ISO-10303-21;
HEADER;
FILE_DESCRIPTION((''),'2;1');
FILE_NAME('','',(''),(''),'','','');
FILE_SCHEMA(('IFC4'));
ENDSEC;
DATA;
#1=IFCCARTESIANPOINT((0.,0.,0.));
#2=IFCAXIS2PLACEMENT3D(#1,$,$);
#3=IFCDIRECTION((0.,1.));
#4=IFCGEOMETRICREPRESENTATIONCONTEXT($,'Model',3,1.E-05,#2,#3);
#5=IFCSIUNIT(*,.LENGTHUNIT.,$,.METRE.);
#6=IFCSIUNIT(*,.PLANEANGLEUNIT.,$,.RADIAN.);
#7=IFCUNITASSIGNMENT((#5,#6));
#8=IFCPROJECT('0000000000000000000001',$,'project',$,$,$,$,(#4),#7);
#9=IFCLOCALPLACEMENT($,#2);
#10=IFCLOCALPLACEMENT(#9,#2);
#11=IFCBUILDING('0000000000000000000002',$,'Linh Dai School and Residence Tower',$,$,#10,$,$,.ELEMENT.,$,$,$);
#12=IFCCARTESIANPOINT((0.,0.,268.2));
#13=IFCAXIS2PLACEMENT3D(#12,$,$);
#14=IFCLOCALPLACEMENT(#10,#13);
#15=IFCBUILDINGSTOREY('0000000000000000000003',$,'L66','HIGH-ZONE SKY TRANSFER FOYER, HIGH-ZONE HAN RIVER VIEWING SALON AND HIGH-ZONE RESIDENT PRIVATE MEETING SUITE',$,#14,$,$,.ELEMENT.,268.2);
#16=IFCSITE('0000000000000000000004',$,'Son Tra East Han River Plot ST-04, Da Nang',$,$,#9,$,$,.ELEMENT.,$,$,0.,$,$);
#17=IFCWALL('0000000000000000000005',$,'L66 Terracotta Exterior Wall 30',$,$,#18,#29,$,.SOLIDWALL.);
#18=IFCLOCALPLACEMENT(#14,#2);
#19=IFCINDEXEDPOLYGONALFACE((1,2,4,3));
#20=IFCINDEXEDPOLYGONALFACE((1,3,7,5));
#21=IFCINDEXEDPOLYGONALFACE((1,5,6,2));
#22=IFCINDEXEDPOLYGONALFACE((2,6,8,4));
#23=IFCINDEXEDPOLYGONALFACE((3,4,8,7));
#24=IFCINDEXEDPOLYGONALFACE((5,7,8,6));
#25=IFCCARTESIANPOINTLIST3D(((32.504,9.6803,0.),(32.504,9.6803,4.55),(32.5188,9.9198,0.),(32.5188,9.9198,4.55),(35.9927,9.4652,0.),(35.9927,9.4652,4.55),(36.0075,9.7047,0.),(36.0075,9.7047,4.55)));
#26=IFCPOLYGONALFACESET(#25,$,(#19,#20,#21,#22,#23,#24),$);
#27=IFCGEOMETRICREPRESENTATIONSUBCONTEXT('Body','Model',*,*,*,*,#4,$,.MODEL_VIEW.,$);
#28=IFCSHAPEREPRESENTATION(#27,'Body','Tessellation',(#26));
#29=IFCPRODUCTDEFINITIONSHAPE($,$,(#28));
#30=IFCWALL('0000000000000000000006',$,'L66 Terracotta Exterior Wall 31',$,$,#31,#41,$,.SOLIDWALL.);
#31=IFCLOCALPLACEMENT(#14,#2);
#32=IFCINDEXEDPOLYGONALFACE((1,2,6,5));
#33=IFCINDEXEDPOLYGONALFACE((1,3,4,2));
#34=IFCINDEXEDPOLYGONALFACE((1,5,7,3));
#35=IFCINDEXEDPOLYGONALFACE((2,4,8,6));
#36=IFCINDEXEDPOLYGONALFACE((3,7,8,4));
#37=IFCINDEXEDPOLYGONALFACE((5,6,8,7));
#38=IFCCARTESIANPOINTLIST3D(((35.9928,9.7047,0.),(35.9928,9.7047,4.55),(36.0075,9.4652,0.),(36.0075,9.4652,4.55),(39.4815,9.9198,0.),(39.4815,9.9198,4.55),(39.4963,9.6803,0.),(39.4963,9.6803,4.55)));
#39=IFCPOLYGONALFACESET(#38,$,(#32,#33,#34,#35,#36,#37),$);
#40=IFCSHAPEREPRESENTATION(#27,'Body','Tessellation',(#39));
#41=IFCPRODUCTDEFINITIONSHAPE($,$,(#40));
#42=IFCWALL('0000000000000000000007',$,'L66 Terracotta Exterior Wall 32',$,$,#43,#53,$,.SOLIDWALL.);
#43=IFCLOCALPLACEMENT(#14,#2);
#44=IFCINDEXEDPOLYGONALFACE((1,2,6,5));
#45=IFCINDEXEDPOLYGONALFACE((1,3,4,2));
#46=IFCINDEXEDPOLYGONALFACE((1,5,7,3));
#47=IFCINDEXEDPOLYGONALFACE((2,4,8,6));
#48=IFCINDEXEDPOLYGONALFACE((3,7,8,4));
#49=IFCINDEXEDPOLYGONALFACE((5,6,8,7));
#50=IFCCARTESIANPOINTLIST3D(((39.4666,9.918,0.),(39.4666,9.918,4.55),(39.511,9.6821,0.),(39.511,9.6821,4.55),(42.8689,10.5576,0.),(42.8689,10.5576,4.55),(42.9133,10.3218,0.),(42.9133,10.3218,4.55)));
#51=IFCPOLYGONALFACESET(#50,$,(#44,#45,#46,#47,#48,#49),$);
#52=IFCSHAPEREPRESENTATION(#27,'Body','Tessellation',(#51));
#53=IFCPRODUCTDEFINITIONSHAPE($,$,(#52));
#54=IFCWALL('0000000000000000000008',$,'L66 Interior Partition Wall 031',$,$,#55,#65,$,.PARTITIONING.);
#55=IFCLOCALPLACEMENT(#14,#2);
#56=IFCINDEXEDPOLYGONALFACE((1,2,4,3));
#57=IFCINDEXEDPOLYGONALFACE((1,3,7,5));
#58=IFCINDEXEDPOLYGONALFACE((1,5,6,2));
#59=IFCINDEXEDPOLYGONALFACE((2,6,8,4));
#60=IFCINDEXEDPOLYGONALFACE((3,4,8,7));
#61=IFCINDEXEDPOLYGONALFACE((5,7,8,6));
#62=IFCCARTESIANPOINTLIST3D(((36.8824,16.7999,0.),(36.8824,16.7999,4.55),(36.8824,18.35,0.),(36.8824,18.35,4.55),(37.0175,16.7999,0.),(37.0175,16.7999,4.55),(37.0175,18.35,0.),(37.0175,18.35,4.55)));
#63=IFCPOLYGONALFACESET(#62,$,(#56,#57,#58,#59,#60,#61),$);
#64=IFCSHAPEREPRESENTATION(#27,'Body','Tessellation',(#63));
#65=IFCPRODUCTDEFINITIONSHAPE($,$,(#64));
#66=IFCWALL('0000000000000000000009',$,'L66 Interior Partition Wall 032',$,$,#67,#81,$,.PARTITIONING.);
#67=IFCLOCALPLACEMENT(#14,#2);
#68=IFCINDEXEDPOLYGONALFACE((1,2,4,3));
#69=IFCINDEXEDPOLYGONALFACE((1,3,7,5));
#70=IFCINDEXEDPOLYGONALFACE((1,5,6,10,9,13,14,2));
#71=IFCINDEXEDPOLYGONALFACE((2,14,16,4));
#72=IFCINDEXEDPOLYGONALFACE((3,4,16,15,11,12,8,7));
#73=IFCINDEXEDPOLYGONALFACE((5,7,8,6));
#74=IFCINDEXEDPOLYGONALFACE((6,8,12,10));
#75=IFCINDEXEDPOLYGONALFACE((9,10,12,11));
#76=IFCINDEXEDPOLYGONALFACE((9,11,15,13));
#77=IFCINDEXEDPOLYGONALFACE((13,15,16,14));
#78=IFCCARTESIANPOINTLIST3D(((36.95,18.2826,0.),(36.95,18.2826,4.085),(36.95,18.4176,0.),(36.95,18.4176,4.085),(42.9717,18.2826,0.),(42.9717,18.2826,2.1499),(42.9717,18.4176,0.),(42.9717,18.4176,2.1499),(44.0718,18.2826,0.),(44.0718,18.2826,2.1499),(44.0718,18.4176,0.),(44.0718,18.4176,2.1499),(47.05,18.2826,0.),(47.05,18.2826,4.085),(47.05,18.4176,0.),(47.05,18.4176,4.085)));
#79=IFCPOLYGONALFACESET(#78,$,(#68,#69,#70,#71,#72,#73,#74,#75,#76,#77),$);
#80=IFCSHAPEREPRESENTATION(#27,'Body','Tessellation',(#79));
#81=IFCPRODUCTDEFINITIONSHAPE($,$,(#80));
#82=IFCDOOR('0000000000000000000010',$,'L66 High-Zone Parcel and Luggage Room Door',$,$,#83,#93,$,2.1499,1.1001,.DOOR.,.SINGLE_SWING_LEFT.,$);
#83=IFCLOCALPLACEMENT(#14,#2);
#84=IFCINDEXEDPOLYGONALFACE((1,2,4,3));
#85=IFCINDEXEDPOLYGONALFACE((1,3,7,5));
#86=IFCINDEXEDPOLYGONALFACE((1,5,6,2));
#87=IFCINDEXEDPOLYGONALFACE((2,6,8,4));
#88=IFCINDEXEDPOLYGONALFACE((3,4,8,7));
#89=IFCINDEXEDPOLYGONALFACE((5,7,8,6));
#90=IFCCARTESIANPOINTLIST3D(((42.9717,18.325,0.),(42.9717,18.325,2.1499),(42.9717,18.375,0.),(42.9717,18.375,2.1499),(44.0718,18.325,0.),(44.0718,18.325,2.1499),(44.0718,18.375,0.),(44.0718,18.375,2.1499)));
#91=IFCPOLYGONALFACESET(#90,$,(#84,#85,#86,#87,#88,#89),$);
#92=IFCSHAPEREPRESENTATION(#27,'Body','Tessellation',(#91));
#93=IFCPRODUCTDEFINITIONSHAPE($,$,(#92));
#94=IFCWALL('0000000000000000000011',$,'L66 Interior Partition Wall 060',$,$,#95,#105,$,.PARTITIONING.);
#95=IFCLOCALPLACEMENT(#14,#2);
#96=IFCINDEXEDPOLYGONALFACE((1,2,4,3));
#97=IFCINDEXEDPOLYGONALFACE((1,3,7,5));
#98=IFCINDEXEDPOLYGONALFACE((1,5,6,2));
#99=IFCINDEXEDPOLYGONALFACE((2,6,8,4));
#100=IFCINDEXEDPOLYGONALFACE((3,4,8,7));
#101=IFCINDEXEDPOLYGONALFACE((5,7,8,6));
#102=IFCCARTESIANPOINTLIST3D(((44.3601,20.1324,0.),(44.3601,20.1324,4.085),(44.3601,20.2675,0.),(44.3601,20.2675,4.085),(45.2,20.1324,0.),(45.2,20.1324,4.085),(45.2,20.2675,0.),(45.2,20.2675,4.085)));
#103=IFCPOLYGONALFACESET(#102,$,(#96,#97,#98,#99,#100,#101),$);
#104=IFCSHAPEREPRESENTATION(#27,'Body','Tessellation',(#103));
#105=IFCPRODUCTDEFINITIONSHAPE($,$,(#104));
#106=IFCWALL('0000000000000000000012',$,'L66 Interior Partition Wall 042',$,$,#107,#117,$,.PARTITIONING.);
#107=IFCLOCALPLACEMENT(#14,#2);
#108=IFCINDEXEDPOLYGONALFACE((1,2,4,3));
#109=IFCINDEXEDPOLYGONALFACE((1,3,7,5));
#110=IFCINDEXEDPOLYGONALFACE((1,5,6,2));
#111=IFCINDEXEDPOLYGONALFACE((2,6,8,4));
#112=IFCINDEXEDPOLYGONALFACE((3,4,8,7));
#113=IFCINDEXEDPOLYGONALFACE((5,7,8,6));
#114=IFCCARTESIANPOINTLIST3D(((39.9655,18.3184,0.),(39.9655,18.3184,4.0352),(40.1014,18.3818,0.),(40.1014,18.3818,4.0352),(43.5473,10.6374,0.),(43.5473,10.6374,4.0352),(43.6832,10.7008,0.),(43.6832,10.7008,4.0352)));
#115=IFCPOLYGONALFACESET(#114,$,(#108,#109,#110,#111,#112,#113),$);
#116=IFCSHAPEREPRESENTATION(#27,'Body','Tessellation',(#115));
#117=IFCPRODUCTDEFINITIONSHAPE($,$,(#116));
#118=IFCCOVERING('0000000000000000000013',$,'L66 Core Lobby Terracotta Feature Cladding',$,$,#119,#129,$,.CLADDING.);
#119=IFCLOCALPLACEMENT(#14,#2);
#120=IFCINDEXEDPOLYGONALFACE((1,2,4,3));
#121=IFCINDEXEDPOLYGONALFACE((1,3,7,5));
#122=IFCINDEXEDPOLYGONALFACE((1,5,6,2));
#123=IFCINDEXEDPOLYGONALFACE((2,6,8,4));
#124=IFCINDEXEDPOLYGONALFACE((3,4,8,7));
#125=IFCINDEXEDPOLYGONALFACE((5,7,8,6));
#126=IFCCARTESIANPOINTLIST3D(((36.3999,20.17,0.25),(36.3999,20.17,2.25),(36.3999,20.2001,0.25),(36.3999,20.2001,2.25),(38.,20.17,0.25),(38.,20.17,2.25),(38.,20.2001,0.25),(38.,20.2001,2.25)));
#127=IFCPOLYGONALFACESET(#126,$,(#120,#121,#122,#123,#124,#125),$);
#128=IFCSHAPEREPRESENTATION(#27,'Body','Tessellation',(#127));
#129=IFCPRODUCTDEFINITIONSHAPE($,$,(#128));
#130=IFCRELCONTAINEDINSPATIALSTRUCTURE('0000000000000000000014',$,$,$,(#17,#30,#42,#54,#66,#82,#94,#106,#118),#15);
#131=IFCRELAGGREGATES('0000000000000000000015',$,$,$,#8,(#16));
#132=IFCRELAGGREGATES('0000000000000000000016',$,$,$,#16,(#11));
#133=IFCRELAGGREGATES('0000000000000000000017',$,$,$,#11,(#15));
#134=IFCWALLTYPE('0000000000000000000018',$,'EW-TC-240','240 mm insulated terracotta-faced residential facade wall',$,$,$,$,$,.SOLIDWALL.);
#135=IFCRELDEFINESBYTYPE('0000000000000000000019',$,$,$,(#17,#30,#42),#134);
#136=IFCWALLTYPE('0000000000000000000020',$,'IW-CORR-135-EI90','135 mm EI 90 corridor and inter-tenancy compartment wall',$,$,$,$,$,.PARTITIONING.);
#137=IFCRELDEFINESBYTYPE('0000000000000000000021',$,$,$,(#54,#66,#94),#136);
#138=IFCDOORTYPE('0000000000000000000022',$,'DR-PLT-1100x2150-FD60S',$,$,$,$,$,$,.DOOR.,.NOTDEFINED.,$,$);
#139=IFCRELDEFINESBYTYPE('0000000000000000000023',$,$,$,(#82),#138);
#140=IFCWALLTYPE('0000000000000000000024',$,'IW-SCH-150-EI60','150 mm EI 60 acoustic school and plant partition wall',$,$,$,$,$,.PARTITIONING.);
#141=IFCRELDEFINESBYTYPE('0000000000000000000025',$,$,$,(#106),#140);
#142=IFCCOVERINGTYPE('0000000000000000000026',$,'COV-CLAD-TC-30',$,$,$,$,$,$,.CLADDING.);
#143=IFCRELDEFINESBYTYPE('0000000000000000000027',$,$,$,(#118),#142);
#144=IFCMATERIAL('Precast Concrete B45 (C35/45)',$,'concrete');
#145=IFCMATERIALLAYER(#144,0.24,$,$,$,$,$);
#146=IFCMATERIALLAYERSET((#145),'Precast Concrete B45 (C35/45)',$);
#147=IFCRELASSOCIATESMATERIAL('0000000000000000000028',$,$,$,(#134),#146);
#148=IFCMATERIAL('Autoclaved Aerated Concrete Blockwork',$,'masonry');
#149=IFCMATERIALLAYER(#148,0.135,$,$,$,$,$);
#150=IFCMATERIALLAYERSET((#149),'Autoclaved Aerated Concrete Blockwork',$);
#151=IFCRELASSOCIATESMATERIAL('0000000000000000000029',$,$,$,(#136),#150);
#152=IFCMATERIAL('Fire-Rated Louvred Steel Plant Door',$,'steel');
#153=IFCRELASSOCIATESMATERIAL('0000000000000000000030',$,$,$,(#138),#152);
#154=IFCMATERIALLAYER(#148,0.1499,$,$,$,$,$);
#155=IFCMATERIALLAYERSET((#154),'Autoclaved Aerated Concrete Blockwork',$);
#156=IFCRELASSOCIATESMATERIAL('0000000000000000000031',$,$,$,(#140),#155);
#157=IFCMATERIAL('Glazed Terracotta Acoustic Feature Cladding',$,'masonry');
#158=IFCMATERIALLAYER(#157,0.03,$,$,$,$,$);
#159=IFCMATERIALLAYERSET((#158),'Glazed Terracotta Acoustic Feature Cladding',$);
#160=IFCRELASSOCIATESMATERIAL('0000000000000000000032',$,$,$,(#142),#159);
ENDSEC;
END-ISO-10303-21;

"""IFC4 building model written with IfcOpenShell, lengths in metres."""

from ifc_helpers import new_model, si_unit, direction, frame, frame_2d, origin, origin_2d, place, context, subcontext, project, spatial, rectangle, extrude, source, transform, mapped, material, layer, layer_set, type_object, element, fill, save


model = new_model("IFC4")

# Units and contexts
model_context = context("Model", 3, precision=1e-05, world=origin(), true_north=direction((0.0, 1.0)))
body_context = subcontext(model_context, "Body", "Model", "MODEL_VIEW")
ifc_project = project(units=[si_unit("LENGTHUNIT", "METRE"), si_unit("PLANEANGLEUNIT", "RADIAN")], contexts=[model_context])

# Site, building, storey
site_placement = place(None, origin())
site = spatial("IfcSite", under=ifc_project, at=site_placement, Name="Son Tra East Han River Plot ST-04, Da Nang", CompositionType="ELEMENT", RefElevation=0.0)
building_placement = place(site_placement, origin())
building = spatial("IfcBuilding", under=site, at=building_placement, Name="Linh Dai School and Residence Tower", CompositionType="ELEMENT")
storey_placement = place(building_placement, frame((0.0, 0.0, 268.2)))
storey = spatial("IfcBuildingStorey", under=building, at=storey_placement, Name="L66", Description="HIGH-ZONE SKY TRANSFER FOYER, HIGH-ZONE HAN RIVER VIEWING SALON AND HIGH-ZONE RESIDENT PRIVATE MEETING SUITE", CompositionType="ELEMENT", Elevation=268.2)

# Walls
ifc_material_1 = material(Name="Precast Concrete B45 (C35/45)", Category="concrete")
ifc_layer_1 = layer(ifc_material_1, 0.24)
ifc_layer_set_1 = layer_set([ifc_layer_1], Name="Precast Concrete B45 (C35/45)")
wall_type_1 = type_object("IfcWallType", Name="EW-TC-240", Description="240 mm insulated terracotta-faced residential facade wall", PredefinedType="SOLIDWALL", material=ifc_layer_set_1)
for number, where, z_axis, x_axis, name in (
    (1, (36.0, 9.585, 0.0), (0.0, 0.0, 1.0), (-0.998105, 0.061535, 0.0), "L66 Terracotta Exterior Wall 30"),
    (2, (39.4888, 9.8, 0.0), (0.0, 0.0, 1.0), (-0.998105, -0.061535, 0.0), "L66 Terracotta Exterior Wall 31"),
):
    element("IfcWall", number, at=place(storey_placement, frame(where, z_axis=z_axis, x_axis=x_axis)), inside=storey, type_object=wall_type_1, Name=name, PredefinedType="SOLIDWALL", context=body_context, shape_type="SweptSolid", body=[
        extrude(rectangle(XDim=3.4954, YDim=0.24, at=frame_2d((1.7476, 0.0))), origin(), (0.0, 0.0, 1.0), 4.55),
    ])
wall_1_placement = place(storey_placement, frame((42.8911, 10.4397, 0.0), z_axis=(0.0, 0.0, 1.0), x_axis=(-0.982783, -0.184765, 0.0)))
element("IfcWall", 3, at=wall_1_placement, inside=storey, type_object=wall_type_1, Name="L66 Terracotta Exterior Wall 32", PredefinedType="SOLIDWALL", context=body_context, shape_type="SweptSolid", body=[
    extrude(rectangle(XDim=3.4619, YDim=0.24, at=frame_2d((1.731, 0.0))), origin(), (0.0, 0.0, 1.0), 4.55),
])
ifc_material_2 = material(Name="Autoclaved Aerated Concrete Blockwork", Category="masonry")
ifc_layer_2 = layer(ifc_material_2, 0.135)
ifc_layer_set_2 = layer_set([ifc_layer_2], Name="Autoclaved Aerated Concrete Blockwork")
wall_type_2 = type_object("IfcWallType", Name="IW-CORR-135-EI90", Description="135 mm EI 90 corridor and inter-tenancy compartment wall", PredefinedType="PARTITIONING", material=ifc_layer_set_2)
wall_2_placement = place(storey_placement, frame((36.95, 16.8, 0.0), z_axis=(0.0, 0.0, 1.0), x_axis=(0.0, 1.0, 0.0)))
element("IfcWall", 4, at=wall_2_placement, inside=storey, type_object=wall_type_2, Name="L66 Interior Partition Wall 031", PredefinedType="PARTITIONING", context=body_context, shape_type="SweptSolid", body=[
    extrude(rectangle(XDim=1.55, YDim=0.135, at=frame_2d((0.7749, 0.0))), origin(), (0.0, 0.0, 1.0), 4.55),
])

# Wall, opening, door
wall_3_placement = place(storey_placement, frame((36.95, 18.3501, 0.0), z_axis=(0.0, 0.0, 1.0), x_axis=(1.0, 0.0, 0.0)))
wall_3 = element("IfcWall", 5, at=wall_3_placement, inside=storey, type_object=wall_type_2, Name="L66 Interior Partition Wall 032", PredefinedType="PARTITIONING", context=body_context, shape_type="SweptSolid", body=[
    extrude(rectangle(XDim=10.1001, YDim=0.135, at=frame_2d((5.05, 0.0))), origin(), (0.0, 0.0, 1.0), 4.085),
])
opening_1_placement = place(wall_3_placement, frame((6.0217, 0.0, 0.0)))
opening_1 = element("IfcOpeningElement", 6, at=opening_1_placement, cuts=wall_3, PredefinedType="OPENING", context=body_context, shape_type="SweptSolid", body=[
    extrude(rectangle(XDim=1.1001, YDim=2.1499, at=origin_2d()), frame((0.55, 0.0776, 1.075), z_axis=(0.0, -1.0, 0.0), x_axis=(1.0, 0.0, 0.0)), (0.0, 0.0, 1.0), 0.155),
])
ifc_material_3 = material(Name="Fire-Rated Louvred Steel Plant Door", Category="steel")
door_type_1 = type_object("IfcDoorType", Name="DR-PLT-1100x2150-FD60S", OperationType="NOTDEFINED", PredefinedType="DOOR", material=ifc_material_3)
shared_shape_1 = source(origin(), body_context, "Body", "SweptSolid", [
    extrude(rectangle(XDim=1.1001, YDim=2.1499, at=origin_2d()), frame((0.55, 0.0249, 1.075), z_axis=(0.0, -1.0, 0.0), x_axis=(1.0, 0.0, 0.0)), (0.0, 0.0, 1.0), 0.05),
])
door_1_placement = place(opening_1_placement, origin())
door_1 = element("IfcDoor", 7, at=door_1_placement, inside=storey, type_object=door_type_1, Name="L66 High-Zone Parcel and Luggage Room Door", OperationType="SINGLE_SWING_LEFT", OverallHeight=2.1499, OverallWidth=1.1001, PredefinedType="DOOR", context=body_context, shape_type="MappedRepresentation", body=[
    mapped(shared_shape_1, transform((0.0, 0.0, 0.0), x_axis=(1.0, 0.0, 0.0), y_axis=(0.0, 1.0, 0.0), z_axis=(0.0, 0.0, 1.0), scale=1.0)),
])
fill(opening_1, door_1)

# Walls
wall_4_placement = place(storey_placement, frame((44.3601, 20.2, 0.0), z_axis=(0.0, 0.0, 1.0), x_axis=(1.0, 0.0, 0.0)))
element("IfcWall", 8, at=wall_4_placement, inside=storey, type_object=wall_type_2, Name="L66 Interior Partition Wall 060", PredefinedType="PARTITIONING", context=body_context, shape_type="SweptSolid", body=[
    extrude(rectangle(XDim=0.8398, YDim=0.135, at=frame_2d((0.4199, 0.0))), origin(), (0.0, 0.0, 1.0), 4.085),
])
ifc_layer_3 = layer(ifc_material_2, 0.1499)
ifc_layer_set_3 = layer_set([ifc_layer_3], Name="Autoclaved Aerated Concrete Blockwork")
wall_type_3 = type_object("IfcWallType", Name="IW-SCH-150-EI60", Description="150 mm EI 60 acoustic school and plant partition wall", PredefinedType="PARTITIONING", material=ifc_layer_set_3)
wall_5_placement = place(storey_placement, frame((40.0334, 18.3501, 0.0), z_axis=(0.0, 0.0, 1.0), x_axis=(0.42263, -0.906302, 0.0)))
element("IfcWall", 9, at=wall_5_placement, inside=storey, type_object=wall_type_3, Name="L66 Interior Partition Wall 042", PredefinedType="PARTITIONING", context=body_context, shape_type="SweptSolid", body=[
    extrude(rectangle(XDim=8.4751, YDim=0.1499, at=frame_2d((4.2375, 0.0))), origin(), (0.0, 0.0, 1.0), 4.0352),
])

# Covering
ifc_material_4 = material(Name="Glazed Terracotta Acoustic Feature Cladding", Category="masonry")
ifc_layer_4 = layer(ifc_material_4, 0.03)
ifc_layer_set_4 = layer_set([ifc_layer_4], Name="Glazed Terracotta Acoustic Feature Cladding")
covering_type = type_object("IfcCoveringType", Name="COV-CLAD-TC-30", PredefinedType="CLADDING", material=ifc_layer_set_4)
shared_shape_2 = source(origin(), body_context, "Body", "SweptSolid", [
    extrude(rectangle(XDim=1.6001, YDim=0.03, at=origin_2d()), origin(), (0.0, 0.0, 1.0), 2.0),
])
covering_placement = place(storey_placement, frame((37.2, 20.1851, 0.25), z_axis=(0.0, 0.0, 1.0), x_axis=(1.0, 0.0, 0.0)))
element("IfcCovering", 10, at=covering_placement, inside=storey, type_object=covering_type, Name="L66 Core Lobby Terracotta Feature Cladding", PredefinedType="CLADDING", context=body_context, shape_type="MappedRepresentation", body=[
    mapped(shared_shape_2, transform((0.0, 0.0, 0.0), x_axis=(1.0, 0.0, 0.0), y_axis=(0.0, 1.0, 0.0), z_axis=(0.0, 0.0, 1.0), scale=1.0)),
])

save(model, "model.ifc")
